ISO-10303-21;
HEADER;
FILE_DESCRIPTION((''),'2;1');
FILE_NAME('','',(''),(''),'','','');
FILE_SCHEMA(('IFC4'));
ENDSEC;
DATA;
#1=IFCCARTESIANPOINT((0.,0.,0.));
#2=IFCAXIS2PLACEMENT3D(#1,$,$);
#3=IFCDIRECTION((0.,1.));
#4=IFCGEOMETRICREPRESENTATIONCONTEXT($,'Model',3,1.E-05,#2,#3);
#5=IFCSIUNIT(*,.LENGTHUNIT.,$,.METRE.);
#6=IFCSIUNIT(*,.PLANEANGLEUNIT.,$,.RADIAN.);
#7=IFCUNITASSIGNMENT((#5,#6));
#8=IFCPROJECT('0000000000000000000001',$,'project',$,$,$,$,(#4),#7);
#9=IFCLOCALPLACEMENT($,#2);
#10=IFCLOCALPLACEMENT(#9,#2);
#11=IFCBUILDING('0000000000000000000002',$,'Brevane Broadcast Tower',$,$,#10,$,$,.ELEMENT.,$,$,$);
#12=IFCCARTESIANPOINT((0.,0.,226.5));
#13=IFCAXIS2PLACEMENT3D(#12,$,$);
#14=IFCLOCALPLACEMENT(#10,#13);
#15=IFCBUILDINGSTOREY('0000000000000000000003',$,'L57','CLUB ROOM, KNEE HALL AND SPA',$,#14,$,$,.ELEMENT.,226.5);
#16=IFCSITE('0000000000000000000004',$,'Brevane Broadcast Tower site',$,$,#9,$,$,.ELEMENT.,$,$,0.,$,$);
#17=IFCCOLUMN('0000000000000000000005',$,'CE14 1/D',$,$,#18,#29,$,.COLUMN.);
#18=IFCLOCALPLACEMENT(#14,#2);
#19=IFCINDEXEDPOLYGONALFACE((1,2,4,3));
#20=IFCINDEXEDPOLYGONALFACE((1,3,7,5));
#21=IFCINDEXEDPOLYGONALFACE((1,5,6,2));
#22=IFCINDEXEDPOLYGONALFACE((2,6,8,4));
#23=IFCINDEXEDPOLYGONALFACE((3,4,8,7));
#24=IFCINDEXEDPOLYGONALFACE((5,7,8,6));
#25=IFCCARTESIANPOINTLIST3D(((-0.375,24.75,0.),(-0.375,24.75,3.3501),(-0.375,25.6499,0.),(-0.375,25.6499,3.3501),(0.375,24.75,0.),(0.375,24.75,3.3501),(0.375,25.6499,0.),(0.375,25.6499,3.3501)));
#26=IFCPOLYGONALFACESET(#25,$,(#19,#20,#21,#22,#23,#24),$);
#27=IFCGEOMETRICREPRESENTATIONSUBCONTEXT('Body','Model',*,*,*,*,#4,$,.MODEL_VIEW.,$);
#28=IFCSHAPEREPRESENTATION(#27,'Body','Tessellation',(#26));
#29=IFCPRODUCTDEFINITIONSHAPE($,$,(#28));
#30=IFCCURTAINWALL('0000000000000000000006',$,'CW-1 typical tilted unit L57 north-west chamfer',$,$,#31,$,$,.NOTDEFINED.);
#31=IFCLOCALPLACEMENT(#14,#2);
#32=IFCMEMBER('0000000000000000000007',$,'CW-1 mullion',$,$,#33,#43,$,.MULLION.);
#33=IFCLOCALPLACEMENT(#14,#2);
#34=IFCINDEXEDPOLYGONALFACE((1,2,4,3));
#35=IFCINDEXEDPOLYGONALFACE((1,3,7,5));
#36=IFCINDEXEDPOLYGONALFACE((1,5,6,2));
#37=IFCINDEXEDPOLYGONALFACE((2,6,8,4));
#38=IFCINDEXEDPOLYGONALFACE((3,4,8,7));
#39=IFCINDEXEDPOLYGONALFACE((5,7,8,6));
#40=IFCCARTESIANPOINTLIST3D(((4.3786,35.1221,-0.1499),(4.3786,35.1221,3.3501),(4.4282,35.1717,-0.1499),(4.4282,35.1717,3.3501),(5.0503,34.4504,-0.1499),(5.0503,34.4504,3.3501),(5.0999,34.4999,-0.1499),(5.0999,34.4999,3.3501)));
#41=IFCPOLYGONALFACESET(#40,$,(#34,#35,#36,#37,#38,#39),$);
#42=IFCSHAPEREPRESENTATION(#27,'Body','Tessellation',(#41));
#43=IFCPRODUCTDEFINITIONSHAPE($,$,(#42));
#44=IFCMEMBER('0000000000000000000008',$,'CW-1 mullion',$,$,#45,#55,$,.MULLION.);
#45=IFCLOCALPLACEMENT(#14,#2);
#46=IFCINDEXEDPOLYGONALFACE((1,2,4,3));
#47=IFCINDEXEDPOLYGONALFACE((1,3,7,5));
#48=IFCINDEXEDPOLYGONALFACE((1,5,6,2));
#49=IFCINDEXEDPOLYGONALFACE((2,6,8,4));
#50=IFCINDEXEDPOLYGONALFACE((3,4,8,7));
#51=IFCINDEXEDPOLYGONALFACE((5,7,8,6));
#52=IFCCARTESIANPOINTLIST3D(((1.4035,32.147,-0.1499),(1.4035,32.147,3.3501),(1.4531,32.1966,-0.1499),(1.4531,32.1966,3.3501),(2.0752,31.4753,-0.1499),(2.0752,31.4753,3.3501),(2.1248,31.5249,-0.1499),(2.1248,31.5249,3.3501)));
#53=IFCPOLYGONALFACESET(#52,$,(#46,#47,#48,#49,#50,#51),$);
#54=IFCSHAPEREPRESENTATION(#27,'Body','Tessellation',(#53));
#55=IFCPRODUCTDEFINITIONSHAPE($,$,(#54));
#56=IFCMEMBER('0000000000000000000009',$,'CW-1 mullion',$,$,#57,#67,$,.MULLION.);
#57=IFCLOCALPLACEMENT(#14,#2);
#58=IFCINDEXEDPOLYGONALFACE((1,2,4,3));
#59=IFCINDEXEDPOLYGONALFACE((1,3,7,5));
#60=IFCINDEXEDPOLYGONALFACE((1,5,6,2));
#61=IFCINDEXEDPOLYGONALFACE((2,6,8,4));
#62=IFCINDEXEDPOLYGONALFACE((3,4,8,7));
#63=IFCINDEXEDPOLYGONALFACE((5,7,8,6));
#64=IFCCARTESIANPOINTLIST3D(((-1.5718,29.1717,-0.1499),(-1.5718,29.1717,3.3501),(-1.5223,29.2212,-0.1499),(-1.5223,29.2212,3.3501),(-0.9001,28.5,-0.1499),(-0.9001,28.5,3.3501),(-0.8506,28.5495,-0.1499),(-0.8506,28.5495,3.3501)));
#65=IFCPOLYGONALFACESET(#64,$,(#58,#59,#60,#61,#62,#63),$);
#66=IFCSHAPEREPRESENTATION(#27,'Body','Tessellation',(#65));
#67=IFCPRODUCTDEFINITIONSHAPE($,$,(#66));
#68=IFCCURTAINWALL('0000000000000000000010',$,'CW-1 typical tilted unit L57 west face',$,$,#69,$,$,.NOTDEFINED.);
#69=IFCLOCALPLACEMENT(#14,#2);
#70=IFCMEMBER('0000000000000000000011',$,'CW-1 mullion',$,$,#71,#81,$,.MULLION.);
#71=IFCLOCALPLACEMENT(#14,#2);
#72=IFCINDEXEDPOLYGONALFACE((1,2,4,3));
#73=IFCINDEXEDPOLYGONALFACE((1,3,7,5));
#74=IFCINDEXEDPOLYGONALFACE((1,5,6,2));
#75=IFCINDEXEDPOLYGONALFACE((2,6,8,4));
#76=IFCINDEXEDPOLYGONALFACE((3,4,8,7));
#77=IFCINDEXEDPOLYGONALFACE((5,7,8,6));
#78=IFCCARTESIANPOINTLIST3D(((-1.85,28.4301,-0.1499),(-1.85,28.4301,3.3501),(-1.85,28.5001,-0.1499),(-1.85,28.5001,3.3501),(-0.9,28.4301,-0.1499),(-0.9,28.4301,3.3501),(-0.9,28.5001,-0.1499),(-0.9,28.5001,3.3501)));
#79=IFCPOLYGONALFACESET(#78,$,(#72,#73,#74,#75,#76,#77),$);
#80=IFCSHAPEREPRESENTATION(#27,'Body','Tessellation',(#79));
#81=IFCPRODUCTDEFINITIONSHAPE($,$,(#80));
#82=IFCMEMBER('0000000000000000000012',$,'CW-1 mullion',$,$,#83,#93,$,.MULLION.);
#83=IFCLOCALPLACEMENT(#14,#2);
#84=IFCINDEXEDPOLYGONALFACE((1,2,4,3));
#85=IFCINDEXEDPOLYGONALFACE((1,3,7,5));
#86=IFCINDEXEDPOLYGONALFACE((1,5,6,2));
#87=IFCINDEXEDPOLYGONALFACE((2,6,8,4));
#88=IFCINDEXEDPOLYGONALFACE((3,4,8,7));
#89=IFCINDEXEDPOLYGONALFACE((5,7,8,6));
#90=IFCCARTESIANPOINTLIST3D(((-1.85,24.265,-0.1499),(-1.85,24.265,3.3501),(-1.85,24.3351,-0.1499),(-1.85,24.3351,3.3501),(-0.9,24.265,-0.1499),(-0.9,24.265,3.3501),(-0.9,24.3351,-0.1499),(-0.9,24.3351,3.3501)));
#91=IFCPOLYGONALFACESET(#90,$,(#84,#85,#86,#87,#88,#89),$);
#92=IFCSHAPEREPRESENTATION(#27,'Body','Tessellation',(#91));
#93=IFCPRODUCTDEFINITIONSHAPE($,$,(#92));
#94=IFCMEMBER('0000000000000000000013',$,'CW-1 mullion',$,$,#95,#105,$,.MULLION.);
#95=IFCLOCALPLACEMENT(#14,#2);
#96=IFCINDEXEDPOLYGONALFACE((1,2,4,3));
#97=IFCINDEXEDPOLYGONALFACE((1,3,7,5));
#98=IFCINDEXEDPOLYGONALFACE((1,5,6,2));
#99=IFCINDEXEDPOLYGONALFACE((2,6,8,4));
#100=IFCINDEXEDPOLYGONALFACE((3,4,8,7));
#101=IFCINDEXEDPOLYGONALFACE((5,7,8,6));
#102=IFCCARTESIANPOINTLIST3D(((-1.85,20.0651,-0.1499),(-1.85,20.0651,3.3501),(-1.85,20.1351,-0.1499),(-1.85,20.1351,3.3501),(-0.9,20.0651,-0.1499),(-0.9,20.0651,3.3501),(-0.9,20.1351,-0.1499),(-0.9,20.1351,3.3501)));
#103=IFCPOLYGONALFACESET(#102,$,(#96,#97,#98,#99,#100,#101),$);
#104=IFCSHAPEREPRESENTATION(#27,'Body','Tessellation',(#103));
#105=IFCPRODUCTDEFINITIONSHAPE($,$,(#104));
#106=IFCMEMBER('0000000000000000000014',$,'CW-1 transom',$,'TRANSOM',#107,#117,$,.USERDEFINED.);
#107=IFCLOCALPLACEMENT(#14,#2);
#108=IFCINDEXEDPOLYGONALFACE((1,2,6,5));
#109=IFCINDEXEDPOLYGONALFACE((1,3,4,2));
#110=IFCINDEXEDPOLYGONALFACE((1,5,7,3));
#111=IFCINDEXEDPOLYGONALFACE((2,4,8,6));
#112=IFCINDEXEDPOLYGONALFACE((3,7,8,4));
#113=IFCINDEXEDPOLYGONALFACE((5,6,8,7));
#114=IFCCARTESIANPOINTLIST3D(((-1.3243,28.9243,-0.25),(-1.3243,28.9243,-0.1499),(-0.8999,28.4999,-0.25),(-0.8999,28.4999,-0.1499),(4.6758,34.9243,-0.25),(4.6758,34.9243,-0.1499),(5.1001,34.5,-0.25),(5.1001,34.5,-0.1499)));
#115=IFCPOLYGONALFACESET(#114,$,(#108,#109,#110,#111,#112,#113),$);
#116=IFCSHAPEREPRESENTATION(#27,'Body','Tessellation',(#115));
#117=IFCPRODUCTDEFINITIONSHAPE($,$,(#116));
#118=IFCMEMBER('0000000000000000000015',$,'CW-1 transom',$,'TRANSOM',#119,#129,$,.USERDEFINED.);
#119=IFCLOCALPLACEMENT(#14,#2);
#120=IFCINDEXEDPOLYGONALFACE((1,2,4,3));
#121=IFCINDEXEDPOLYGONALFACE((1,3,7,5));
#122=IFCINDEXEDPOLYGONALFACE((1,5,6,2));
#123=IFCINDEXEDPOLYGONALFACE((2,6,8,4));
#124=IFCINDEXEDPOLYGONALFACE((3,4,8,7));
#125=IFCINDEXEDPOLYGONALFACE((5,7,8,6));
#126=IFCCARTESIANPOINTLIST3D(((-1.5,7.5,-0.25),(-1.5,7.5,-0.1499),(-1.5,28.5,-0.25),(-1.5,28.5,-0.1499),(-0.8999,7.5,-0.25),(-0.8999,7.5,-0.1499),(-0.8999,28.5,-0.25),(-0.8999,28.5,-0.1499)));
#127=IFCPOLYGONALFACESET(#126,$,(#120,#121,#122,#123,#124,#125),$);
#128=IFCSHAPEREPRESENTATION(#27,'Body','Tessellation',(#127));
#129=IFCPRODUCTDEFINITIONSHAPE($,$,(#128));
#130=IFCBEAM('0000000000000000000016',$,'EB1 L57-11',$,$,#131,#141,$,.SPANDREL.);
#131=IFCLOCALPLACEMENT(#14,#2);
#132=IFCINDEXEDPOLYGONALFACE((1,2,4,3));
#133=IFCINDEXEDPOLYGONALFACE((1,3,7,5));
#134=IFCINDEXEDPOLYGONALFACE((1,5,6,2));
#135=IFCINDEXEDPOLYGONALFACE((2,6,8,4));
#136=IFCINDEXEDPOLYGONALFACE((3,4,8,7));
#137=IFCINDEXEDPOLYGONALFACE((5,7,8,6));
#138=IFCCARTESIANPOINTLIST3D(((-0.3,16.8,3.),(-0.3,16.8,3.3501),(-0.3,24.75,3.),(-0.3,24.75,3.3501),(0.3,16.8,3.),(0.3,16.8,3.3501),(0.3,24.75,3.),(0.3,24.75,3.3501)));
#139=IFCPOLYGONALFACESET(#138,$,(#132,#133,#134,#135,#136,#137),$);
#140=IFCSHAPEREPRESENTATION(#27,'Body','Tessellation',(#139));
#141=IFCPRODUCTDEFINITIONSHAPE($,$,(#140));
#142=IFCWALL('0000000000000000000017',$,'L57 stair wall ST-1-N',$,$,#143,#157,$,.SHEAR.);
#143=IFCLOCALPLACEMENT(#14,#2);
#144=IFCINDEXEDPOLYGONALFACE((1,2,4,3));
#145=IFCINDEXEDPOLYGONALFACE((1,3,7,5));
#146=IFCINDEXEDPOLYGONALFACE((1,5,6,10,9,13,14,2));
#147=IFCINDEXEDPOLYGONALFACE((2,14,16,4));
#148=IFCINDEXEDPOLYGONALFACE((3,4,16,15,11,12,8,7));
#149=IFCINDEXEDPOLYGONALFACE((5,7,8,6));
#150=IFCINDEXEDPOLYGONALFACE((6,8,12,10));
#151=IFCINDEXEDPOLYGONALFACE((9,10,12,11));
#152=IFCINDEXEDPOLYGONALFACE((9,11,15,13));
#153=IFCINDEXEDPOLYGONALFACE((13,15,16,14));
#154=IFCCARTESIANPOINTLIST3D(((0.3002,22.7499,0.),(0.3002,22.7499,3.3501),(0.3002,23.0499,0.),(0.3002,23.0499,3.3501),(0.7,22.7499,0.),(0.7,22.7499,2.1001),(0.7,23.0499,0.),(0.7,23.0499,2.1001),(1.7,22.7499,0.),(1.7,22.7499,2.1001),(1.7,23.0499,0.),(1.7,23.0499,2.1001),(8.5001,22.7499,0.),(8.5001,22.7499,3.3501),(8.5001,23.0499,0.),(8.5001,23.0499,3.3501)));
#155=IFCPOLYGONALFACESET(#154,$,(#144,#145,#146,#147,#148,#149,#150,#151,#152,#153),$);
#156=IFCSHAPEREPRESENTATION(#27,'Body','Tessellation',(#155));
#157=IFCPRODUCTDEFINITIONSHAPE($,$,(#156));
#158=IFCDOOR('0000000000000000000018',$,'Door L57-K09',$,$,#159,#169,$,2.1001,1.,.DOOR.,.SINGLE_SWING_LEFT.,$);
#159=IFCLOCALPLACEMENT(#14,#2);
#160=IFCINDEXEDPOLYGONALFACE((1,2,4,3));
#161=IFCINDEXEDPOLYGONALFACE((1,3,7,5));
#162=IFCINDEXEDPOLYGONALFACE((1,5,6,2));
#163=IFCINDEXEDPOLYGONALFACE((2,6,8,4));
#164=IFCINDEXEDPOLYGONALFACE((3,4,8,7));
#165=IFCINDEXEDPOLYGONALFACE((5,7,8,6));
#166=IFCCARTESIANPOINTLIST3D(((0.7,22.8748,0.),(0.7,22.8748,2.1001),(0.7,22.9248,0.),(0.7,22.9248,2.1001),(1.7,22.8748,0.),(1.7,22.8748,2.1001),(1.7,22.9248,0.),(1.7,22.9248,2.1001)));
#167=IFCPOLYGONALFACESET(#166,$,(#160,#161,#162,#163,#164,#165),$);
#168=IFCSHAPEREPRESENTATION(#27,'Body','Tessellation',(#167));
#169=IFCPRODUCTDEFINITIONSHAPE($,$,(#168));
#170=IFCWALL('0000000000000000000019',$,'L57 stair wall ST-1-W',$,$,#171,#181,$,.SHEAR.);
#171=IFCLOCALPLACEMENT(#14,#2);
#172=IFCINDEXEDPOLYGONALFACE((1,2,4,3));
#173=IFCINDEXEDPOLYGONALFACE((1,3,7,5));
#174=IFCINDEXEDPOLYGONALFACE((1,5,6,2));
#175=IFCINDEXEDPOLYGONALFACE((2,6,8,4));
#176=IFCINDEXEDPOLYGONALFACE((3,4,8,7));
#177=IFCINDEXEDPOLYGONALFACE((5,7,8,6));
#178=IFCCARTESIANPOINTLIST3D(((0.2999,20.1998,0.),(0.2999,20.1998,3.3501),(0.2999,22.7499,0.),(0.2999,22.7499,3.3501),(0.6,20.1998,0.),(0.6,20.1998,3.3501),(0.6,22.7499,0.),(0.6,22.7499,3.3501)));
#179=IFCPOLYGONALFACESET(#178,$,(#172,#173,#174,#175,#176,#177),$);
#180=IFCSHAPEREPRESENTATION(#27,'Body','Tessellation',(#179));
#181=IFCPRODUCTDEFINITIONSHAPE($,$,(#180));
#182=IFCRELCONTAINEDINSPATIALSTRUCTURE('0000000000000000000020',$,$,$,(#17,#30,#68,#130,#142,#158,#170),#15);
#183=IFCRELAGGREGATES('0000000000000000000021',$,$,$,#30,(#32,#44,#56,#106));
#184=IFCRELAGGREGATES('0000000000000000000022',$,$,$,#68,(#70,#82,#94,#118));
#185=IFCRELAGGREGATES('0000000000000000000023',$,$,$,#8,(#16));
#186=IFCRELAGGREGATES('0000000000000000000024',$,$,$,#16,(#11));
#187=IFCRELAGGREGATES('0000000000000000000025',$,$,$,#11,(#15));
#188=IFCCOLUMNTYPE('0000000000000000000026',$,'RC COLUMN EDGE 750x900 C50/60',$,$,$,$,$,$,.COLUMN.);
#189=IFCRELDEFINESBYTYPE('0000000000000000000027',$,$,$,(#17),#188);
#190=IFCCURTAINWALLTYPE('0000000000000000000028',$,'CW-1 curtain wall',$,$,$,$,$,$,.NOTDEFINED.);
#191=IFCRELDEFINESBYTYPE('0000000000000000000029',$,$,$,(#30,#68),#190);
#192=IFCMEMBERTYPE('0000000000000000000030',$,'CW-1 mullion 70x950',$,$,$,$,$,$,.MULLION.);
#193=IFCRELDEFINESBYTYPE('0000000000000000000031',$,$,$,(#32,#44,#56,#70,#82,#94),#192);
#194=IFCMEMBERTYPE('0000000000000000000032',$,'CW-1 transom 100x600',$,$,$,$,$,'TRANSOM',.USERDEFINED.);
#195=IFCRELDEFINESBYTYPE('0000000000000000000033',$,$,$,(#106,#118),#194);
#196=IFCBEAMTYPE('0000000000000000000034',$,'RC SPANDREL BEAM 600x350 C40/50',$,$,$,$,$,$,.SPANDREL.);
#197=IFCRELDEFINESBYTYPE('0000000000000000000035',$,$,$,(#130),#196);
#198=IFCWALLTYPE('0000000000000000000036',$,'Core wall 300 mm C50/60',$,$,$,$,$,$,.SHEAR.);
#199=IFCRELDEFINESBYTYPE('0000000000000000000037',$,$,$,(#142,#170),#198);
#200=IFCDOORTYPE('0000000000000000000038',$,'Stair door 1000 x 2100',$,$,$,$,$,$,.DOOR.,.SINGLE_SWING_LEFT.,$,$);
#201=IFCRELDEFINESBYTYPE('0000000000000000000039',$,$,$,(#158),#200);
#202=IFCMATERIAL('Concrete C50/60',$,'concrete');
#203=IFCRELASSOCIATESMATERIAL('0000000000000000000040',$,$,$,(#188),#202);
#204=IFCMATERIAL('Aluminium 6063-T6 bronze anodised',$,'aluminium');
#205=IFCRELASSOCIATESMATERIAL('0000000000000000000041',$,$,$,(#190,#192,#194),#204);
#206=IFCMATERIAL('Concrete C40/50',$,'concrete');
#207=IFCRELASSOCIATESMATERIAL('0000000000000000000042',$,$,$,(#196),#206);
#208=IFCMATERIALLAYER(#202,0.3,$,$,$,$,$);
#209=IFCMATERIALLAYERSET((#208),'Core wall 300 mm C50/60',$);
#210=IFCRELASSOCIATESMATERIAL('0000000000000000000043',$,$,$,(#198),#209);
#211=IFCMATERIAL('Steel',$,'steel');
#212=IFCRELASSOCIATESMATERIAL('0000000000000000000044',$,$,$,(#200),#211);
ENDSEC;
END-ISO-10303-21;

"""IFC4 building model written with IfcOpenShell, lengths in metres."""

from ifc_helpers import new_model, si_unit, direction, frame, frame_2d, origin, origin_2d, place, context, subcontext, project, spatial, rectangle, extrude, material, layer, layer_set, material_profile, profile_set, type_object, element, fill, aggregate, save


model = new_model("IFC4")

# Units and contexts
model_context = context("Model", 3, precision=1e-05, world=origin(), true_north=direction((0.0, 1.0)))
body_context = subcontext(model_context, "Body", "Model", "MODEL_VIEW")
ifc_project = project(units=[si_unit("LENGTHUNIT", "METRE"), si_unit("PLANEANGLEUNIT", "RADIAN")], contexts=[model_context])

# Site, building, storey
site_placement = place(None, origin())
site = spatial("IfcSite", under=ifc_project, at=site_placement, Name="Brevane Broadcast Tower site", CompositionType="ELEMENT", RefElevation=0.0)
building_placement = place(site_placement, origin())
building = spatial("IfcBuilding", under=site, at=building_placement, Name="Brevane Broadcast Tower", CompositionType="ELEMENT")
storey_placement = place(building_placement, frame((0.0, 0.0, 226.5)))
storey = spatial("IfcBuildingStorey", under=building, at=storey_placement, Name="L57", Description="CLUB ROOM, KNEE HALL AND SPA", CompositionType="ELEMENT", Elevation=226.5)

# Column
ifc_material_1 = material(Name="Concrete C50/60", Category="concrete")
ifc_material_profile_1 = material_profile(ifc_material_1, rectangle(XDim=0.75, YDim=0.8999, at=origin_2d()), Name="RC 750x900")
ifc_profile_set_1 = profile_set([ifc_material_profile_1], Name="Concrete C50/60")
column_type = type_object("IfcColumnType", Name="RC COLUMN EDGE 750x900 C50/60", PredefinedType="COLUMN", material=ifc_profile_set_1)
column_placement = place(storey_placement, frame((0.0, 25.2, 0.0), z_axis=(0.0, 0.0, 1.0), x_axis=(1.0, 0.0, 0.0)))
element("IfcColumn", 1, at=column_placement, inside=storey, type_object=column_type, Name="CE14 1/D", PredefinedType="COLUMN", context=body_context, shape_type="SweptSolid", body=[
    extrude(rectangle(XDim=0.75, YDim=0.8999, at=origin_2d()), origin(), (0.0, 0.0, 1.0), 3.3501),
])

# Curtain walls, members
ifc_material_2 = material(Name="Aluminium 6063-T6 bronze anodised", Category="aluminium")
curtain_wall_type = type_object("IfcCurtainWallType", Name="CW-1 curtain wall", PredefinedType="NOTDEFINED", material=ifc_material_2)
curtain_wall_1_placement = place(storey_placement, origin())
curtain_wall_1 = element("IfcCurtainWall", 2, at=curtain_wall_1_placement, inside=storey, type_object=curtain_wall_type, Name="CW-1 typical tilted unit L57 north-west chamfer", PredefinedType="NOTDEFINED")
ifc_material_profile_2 = material_profile(ifc_material_2, rectangle(XDim=0.95, YDim=0.0701, at=origin_2d()), Name="RECT 70x950")
ifc_profile_set_2 = profile_set([ifc_material_profile_2], Name="Aluminium 6063-T6 bronze anodised")
member_type_1 = type_object("IfcMemberType", Name="CW-1 mullion 70x950", PredefinedType="MULLION", material=ifc_profile_set_2)
member_1_placement = place(storey_placement, frame((4.7393, 34.811, -0.1499), z_axis=(0.0, 0.0, 1.0), x_axis=(0.707107, -0.707107, 0.0)))
member_1 = element("IfcMember", 3, at=member_1_placement, type_object=member_type_1, Name="CW-1 mullion", PredefinedType="MULLION", context=body_context, shape_type="SweptSolid", body=[
    extrude(rectangle(XDim=0.95, YDim=0.0701, at=origin_2d()), origin(), (0.0, 0.0, 1.0), 3.5),
])
member_2_placement = place(storey_placement, frame((1.7642, 31.8359, -0.1499), z_axis=(0.0, 0.0, 1.0), x_axis=(0.707107, -0.707107, 0.0)))
member_2 = element("IfcMember", 4, at=member_2_placement, type_object=member_type_1, Name="CW-1 mullion", PredefinedType="MULLION", context=body_context, shape_type="SweptSolid", body=[
    extrude(rectangle(XDim=0.95, YDim=0.0701, at=origin_2d()), origin(), (0.0, 0.0, 1.0), 3.5),
])
member_3_placement = place(storey_placement, frame((-1.2112, 28.8606, -0.1499), z_axis=(0.0, 0.0, 1.0), x_axis=(0.707107, -0.707107, 0.0)))
member_3 = element("IfcMember", 5, at=member_3_placement, type_object=member_type_1, Name="CW-1 mullion", PredefinedType="MULLION", context=body_context, shape_type="SweptSolid", body=[
    extrude(rectangle(XDim=0.95, YDim=0.0701, at=origin_2d()), origin(), (0.0, 0.0, 1.0), 3.5),
])
curtain_wall_2_placement = place(storey_placement, origin())
curtain_wall_2 = element("IfcCurtainWall", 6, at=curtain_wall_2_placement, inside=storey, type_object=curtain_wall_type, Name="CW-1 typical tilted unit L57 west face", PredefinedType="NOTDEFINED")
member_4_placement = place(storey_placement, frame((-1.375, 28.4651, -0.1499), z_axis=(0.0, 0.0, 1.0), x_axis=(1.0, 0.0, 0.0)))
member_4 = element("IfcMember", 7, at=member_4_placement, type_object=member_type_1, Name="CW-1 mullion", PredefinedType="MULLION", context=body_context, shape_type="SweptSolid", body=[
    extrude(rectangle(XDim=0.95, YDim=0.0701, at=origin_2d()), origin(), (0.0, 0.0, 1.0), 3.5),
])
member_5_placement = place(storey_placement, frame((-1.375, 24.3, -0.1499), z_axis=(0.0, 0.0, 1.0), x_axis=(1.0, 0.0, 0.0)))
member_5 = element("IfcMember", 8, at=member_5_placement, type_object=member_type_1, Name="CW-1 mullion", PredefinedType="MULLION", context=body_context, shape_type="SweptSolid", body=[
    extrude(rectangle(XDim=0.95, YDim=0.0701, at=origin_2d()), origin(), (0.0, 0.0, 1.0), 3.5),
])
member_6_placement = place(storey_placement, frame((-1.375, 20.1001, -0.1499), z_axis=(0.0, 0.0, 1.0), x_axis=(1.0, 0.0, 0.0)))
member_6 = element("IfcMember", 9, at=member_6_placement, type_object=member_type_1, Name="CW-1 mullion", PredefinedType="MULLION", context=body_context, shape_type="SweptSolid", body=[
    extrude(rectangle(XDim=0.95, YDim=0.0701, at=origin_2d()), origin(), (0.0, 0.0, 1.0), 3.5),
])

# Members
ifc_material_profile_3 = material_profile(ifc_material_2, rectangle(XDim=0.6001, YDim=0.1001, at=origin_2d()), Name="RECT 100x600")
ifc_profile_set_3 = profile_set([ifc_material_profile_3], Name="Aluminium 6063-T6 bronze anodised")
member_type_2 = type_object("IfcMemberType", Name="CW-1 transom 100x600", ElementType="TRANSOM", PredefinedType="USERDEFINED", material=ifc_profile_set_3)
member_7_placement = place(storey_placement, frame((4.8879, 34.7122, -0.2), z_axis=(-0.707107, -0.707107, 0.0), x_axis=(0.707107, -0.707107, 0.0)))
member_7 = element("IfcMember", 10, at=member_7_placement, type_object=member_type_2, Name="CW-1 transom", ObjectType="TRANSOM", PredefinedType="USERDEFINED", context=body_context, shape_type="SweptSolid", body=[
    extrude(rectangle(XDim=0.6001, YDim=0.1001, at=origin_2d()), origin(), (0.0, 0.0, 1.0), 8.4854),
])
aggregate(curtain_wall_1, [member_1, member_2, member_3, member_7])
member_8_placement = place(storey_placement, frame((-1.2, 28.5, -0.2), z_axis=(0.0, -1.0, 0.0), x_axis=(1.0, 0.0, 0.0)))
member_8 = element("IfcMember", 11, at=member_8_placement, type_object=member_type_2, Name="CW-1 transom", ObjectType="TRANSOM", PredefinedType="USERDEFINED", context=body_context, shape_type="SweptSolid", body=[
    extrude(rectangle(XDim=0.6001, YDim=0.1001, at=origin_2d()), origin(), (0.0, 0.0, 1.0), 21.0),
])
aggregate(curtain_wall_2, [member_4, member_5, member_6, member_8])

# Beam
ifc_material_3 = material(Name="Concrete C40/50", Category="concrete")
ifc_material_profile_4 = material_profile(ifc_material_3, rectangle(XDim=0.6001, YDim=0.3501, at=origin_2d()), Name="RC 600x350")
ifc_profile_set_4 = profile_set([ifc_material_profile_4], Name="Concrete C40/50")
beam_type = type_object("IfcBeamType", Name="RC SPANDREL BEAM 600x350 C40/50", PredefinedType="SPANDREL", material=ifc_profile_set_4)
beam_placement = place(storey_placement, frame((0.0, 24.75, 3.175), z_axis=(0.0, -1.0, 0.0), x_axis=(1.0, 0.0, 0.0)))
element("IfcBeam", 12, at=beam_placement, inside=storey, type_object=beam_type, Name="EB1 L57-11", PredefinedType="SPANDREL", context=body_context, shape_type="SweptSolid", body=[
    extrude(rectangle(XDim=0.6001, YDim=0.3501, at=origin_2d()), origin(), (0.0, 0.0, 1.0), 7.95),
])

# Wall, opening, door
ifc_layer = layer(ifc_material_1, 0.3)
ifc_layer_set = layer_set([ifc_layer], Name="Core wall 300 mm C50/60")
wall_type = type_object("IfcWallType", Name="Core wall 300 mm C50/60", PredefinedType="SHEAR", material=ifc_layer_set)
wall_1_placement = place(storey_placement, frame((0.3, 22.8999, 0.0), z_axis=(0.0, 0.0, 1.0), x_axis=(1.0, 0.0, 0.0)))
wall_1 = element("IfcWall", 13, at=wall_1_placement, inside=storey, type_object=wall_type, Name="L57 stair wall ST-1-N", PredefinedType="SHEAR", context=body_context, shape_type="SweptSolid", body=[
    extrude(rectangle(XDim=8.2, YDim=0.3, at=frame_2d((4.1001, 0.0))), origin(), (0.0, 0.0, 1.0), 3.3501),
])
opening_placement = place(wall_1_placement, frame((0.3999, 0.0, 0.0)))
opening = element("IfcOpeningElement", 14, at=opening_placement, cuts=wall_1, PredefinedType="OPENING", context=body_context, shape_type="SweptSolid", body=[
    extrude(rectangle(XDim=1.0, YDim=2.1001, at=frame_2d((0.5, 1.05))), frame((0.0, 0.1599, 0.0), z_axis=(0.0, -1.0, 0.0), x_axis=(1.0, 0.0, 0.0)), (0.0, 0.0, 1.0), 0.3201),
])
ifc_material_4 = material(Name="Steel", Category="steel")
door_type = type_object("IfcDoorType", Name="Stair door 1000 x 2100", OperationType="SINGLE_SWING_LEFT", PredefinedType="DOOR", material=ifc_material_4)
door_placement = place(opening_placement, origin())
door = element("IfcDoor", 15, at=door_placement, inside=storey, type_object=door_type, Name="Door L57-K09", OperationType="SINGLE_SWING_LEFT", OverallHeight=2.1001, OverallWidth=1.0, PredefinedType="DOOR", context=body_context, shape_type="SweptSolid", body=[
    extrude(rectangle(XDim=1.0, YDim=2.1001, at=frame_2d((0.5, 1.05))), frame((0.0, 0.0249, 0.0), z_axis=(0.0, -1.0, 0.0), x_axis=(1.0, 0.0, 0.0)), (0.0, 0.0, 1.0), 0.05),
])
fill(opening, door)

# Wall
wall_2_placement = place(storey_placement, frame((0.45, 20.2, 0.0), z_axis=(0.0, 0.0, 1.0), x_axis=(0.0, 1.0, 0.0)))
element("IfcWall", 16, at=wall_2_placement, inside=storey, type_object=wall_type, Name="L57 stair wall ST-1-W", PredefinedType="SHEAR", context=body_context, shape_type="SweptSolid", body=[
    extrude(rectangle(XDim=2.55, YDim=0.3, at=frame_2d((1.2749, 0.0))), origin(), (0.0, 0.0, 1.0), 3.3501),
])

save(model, "model.ifc")
